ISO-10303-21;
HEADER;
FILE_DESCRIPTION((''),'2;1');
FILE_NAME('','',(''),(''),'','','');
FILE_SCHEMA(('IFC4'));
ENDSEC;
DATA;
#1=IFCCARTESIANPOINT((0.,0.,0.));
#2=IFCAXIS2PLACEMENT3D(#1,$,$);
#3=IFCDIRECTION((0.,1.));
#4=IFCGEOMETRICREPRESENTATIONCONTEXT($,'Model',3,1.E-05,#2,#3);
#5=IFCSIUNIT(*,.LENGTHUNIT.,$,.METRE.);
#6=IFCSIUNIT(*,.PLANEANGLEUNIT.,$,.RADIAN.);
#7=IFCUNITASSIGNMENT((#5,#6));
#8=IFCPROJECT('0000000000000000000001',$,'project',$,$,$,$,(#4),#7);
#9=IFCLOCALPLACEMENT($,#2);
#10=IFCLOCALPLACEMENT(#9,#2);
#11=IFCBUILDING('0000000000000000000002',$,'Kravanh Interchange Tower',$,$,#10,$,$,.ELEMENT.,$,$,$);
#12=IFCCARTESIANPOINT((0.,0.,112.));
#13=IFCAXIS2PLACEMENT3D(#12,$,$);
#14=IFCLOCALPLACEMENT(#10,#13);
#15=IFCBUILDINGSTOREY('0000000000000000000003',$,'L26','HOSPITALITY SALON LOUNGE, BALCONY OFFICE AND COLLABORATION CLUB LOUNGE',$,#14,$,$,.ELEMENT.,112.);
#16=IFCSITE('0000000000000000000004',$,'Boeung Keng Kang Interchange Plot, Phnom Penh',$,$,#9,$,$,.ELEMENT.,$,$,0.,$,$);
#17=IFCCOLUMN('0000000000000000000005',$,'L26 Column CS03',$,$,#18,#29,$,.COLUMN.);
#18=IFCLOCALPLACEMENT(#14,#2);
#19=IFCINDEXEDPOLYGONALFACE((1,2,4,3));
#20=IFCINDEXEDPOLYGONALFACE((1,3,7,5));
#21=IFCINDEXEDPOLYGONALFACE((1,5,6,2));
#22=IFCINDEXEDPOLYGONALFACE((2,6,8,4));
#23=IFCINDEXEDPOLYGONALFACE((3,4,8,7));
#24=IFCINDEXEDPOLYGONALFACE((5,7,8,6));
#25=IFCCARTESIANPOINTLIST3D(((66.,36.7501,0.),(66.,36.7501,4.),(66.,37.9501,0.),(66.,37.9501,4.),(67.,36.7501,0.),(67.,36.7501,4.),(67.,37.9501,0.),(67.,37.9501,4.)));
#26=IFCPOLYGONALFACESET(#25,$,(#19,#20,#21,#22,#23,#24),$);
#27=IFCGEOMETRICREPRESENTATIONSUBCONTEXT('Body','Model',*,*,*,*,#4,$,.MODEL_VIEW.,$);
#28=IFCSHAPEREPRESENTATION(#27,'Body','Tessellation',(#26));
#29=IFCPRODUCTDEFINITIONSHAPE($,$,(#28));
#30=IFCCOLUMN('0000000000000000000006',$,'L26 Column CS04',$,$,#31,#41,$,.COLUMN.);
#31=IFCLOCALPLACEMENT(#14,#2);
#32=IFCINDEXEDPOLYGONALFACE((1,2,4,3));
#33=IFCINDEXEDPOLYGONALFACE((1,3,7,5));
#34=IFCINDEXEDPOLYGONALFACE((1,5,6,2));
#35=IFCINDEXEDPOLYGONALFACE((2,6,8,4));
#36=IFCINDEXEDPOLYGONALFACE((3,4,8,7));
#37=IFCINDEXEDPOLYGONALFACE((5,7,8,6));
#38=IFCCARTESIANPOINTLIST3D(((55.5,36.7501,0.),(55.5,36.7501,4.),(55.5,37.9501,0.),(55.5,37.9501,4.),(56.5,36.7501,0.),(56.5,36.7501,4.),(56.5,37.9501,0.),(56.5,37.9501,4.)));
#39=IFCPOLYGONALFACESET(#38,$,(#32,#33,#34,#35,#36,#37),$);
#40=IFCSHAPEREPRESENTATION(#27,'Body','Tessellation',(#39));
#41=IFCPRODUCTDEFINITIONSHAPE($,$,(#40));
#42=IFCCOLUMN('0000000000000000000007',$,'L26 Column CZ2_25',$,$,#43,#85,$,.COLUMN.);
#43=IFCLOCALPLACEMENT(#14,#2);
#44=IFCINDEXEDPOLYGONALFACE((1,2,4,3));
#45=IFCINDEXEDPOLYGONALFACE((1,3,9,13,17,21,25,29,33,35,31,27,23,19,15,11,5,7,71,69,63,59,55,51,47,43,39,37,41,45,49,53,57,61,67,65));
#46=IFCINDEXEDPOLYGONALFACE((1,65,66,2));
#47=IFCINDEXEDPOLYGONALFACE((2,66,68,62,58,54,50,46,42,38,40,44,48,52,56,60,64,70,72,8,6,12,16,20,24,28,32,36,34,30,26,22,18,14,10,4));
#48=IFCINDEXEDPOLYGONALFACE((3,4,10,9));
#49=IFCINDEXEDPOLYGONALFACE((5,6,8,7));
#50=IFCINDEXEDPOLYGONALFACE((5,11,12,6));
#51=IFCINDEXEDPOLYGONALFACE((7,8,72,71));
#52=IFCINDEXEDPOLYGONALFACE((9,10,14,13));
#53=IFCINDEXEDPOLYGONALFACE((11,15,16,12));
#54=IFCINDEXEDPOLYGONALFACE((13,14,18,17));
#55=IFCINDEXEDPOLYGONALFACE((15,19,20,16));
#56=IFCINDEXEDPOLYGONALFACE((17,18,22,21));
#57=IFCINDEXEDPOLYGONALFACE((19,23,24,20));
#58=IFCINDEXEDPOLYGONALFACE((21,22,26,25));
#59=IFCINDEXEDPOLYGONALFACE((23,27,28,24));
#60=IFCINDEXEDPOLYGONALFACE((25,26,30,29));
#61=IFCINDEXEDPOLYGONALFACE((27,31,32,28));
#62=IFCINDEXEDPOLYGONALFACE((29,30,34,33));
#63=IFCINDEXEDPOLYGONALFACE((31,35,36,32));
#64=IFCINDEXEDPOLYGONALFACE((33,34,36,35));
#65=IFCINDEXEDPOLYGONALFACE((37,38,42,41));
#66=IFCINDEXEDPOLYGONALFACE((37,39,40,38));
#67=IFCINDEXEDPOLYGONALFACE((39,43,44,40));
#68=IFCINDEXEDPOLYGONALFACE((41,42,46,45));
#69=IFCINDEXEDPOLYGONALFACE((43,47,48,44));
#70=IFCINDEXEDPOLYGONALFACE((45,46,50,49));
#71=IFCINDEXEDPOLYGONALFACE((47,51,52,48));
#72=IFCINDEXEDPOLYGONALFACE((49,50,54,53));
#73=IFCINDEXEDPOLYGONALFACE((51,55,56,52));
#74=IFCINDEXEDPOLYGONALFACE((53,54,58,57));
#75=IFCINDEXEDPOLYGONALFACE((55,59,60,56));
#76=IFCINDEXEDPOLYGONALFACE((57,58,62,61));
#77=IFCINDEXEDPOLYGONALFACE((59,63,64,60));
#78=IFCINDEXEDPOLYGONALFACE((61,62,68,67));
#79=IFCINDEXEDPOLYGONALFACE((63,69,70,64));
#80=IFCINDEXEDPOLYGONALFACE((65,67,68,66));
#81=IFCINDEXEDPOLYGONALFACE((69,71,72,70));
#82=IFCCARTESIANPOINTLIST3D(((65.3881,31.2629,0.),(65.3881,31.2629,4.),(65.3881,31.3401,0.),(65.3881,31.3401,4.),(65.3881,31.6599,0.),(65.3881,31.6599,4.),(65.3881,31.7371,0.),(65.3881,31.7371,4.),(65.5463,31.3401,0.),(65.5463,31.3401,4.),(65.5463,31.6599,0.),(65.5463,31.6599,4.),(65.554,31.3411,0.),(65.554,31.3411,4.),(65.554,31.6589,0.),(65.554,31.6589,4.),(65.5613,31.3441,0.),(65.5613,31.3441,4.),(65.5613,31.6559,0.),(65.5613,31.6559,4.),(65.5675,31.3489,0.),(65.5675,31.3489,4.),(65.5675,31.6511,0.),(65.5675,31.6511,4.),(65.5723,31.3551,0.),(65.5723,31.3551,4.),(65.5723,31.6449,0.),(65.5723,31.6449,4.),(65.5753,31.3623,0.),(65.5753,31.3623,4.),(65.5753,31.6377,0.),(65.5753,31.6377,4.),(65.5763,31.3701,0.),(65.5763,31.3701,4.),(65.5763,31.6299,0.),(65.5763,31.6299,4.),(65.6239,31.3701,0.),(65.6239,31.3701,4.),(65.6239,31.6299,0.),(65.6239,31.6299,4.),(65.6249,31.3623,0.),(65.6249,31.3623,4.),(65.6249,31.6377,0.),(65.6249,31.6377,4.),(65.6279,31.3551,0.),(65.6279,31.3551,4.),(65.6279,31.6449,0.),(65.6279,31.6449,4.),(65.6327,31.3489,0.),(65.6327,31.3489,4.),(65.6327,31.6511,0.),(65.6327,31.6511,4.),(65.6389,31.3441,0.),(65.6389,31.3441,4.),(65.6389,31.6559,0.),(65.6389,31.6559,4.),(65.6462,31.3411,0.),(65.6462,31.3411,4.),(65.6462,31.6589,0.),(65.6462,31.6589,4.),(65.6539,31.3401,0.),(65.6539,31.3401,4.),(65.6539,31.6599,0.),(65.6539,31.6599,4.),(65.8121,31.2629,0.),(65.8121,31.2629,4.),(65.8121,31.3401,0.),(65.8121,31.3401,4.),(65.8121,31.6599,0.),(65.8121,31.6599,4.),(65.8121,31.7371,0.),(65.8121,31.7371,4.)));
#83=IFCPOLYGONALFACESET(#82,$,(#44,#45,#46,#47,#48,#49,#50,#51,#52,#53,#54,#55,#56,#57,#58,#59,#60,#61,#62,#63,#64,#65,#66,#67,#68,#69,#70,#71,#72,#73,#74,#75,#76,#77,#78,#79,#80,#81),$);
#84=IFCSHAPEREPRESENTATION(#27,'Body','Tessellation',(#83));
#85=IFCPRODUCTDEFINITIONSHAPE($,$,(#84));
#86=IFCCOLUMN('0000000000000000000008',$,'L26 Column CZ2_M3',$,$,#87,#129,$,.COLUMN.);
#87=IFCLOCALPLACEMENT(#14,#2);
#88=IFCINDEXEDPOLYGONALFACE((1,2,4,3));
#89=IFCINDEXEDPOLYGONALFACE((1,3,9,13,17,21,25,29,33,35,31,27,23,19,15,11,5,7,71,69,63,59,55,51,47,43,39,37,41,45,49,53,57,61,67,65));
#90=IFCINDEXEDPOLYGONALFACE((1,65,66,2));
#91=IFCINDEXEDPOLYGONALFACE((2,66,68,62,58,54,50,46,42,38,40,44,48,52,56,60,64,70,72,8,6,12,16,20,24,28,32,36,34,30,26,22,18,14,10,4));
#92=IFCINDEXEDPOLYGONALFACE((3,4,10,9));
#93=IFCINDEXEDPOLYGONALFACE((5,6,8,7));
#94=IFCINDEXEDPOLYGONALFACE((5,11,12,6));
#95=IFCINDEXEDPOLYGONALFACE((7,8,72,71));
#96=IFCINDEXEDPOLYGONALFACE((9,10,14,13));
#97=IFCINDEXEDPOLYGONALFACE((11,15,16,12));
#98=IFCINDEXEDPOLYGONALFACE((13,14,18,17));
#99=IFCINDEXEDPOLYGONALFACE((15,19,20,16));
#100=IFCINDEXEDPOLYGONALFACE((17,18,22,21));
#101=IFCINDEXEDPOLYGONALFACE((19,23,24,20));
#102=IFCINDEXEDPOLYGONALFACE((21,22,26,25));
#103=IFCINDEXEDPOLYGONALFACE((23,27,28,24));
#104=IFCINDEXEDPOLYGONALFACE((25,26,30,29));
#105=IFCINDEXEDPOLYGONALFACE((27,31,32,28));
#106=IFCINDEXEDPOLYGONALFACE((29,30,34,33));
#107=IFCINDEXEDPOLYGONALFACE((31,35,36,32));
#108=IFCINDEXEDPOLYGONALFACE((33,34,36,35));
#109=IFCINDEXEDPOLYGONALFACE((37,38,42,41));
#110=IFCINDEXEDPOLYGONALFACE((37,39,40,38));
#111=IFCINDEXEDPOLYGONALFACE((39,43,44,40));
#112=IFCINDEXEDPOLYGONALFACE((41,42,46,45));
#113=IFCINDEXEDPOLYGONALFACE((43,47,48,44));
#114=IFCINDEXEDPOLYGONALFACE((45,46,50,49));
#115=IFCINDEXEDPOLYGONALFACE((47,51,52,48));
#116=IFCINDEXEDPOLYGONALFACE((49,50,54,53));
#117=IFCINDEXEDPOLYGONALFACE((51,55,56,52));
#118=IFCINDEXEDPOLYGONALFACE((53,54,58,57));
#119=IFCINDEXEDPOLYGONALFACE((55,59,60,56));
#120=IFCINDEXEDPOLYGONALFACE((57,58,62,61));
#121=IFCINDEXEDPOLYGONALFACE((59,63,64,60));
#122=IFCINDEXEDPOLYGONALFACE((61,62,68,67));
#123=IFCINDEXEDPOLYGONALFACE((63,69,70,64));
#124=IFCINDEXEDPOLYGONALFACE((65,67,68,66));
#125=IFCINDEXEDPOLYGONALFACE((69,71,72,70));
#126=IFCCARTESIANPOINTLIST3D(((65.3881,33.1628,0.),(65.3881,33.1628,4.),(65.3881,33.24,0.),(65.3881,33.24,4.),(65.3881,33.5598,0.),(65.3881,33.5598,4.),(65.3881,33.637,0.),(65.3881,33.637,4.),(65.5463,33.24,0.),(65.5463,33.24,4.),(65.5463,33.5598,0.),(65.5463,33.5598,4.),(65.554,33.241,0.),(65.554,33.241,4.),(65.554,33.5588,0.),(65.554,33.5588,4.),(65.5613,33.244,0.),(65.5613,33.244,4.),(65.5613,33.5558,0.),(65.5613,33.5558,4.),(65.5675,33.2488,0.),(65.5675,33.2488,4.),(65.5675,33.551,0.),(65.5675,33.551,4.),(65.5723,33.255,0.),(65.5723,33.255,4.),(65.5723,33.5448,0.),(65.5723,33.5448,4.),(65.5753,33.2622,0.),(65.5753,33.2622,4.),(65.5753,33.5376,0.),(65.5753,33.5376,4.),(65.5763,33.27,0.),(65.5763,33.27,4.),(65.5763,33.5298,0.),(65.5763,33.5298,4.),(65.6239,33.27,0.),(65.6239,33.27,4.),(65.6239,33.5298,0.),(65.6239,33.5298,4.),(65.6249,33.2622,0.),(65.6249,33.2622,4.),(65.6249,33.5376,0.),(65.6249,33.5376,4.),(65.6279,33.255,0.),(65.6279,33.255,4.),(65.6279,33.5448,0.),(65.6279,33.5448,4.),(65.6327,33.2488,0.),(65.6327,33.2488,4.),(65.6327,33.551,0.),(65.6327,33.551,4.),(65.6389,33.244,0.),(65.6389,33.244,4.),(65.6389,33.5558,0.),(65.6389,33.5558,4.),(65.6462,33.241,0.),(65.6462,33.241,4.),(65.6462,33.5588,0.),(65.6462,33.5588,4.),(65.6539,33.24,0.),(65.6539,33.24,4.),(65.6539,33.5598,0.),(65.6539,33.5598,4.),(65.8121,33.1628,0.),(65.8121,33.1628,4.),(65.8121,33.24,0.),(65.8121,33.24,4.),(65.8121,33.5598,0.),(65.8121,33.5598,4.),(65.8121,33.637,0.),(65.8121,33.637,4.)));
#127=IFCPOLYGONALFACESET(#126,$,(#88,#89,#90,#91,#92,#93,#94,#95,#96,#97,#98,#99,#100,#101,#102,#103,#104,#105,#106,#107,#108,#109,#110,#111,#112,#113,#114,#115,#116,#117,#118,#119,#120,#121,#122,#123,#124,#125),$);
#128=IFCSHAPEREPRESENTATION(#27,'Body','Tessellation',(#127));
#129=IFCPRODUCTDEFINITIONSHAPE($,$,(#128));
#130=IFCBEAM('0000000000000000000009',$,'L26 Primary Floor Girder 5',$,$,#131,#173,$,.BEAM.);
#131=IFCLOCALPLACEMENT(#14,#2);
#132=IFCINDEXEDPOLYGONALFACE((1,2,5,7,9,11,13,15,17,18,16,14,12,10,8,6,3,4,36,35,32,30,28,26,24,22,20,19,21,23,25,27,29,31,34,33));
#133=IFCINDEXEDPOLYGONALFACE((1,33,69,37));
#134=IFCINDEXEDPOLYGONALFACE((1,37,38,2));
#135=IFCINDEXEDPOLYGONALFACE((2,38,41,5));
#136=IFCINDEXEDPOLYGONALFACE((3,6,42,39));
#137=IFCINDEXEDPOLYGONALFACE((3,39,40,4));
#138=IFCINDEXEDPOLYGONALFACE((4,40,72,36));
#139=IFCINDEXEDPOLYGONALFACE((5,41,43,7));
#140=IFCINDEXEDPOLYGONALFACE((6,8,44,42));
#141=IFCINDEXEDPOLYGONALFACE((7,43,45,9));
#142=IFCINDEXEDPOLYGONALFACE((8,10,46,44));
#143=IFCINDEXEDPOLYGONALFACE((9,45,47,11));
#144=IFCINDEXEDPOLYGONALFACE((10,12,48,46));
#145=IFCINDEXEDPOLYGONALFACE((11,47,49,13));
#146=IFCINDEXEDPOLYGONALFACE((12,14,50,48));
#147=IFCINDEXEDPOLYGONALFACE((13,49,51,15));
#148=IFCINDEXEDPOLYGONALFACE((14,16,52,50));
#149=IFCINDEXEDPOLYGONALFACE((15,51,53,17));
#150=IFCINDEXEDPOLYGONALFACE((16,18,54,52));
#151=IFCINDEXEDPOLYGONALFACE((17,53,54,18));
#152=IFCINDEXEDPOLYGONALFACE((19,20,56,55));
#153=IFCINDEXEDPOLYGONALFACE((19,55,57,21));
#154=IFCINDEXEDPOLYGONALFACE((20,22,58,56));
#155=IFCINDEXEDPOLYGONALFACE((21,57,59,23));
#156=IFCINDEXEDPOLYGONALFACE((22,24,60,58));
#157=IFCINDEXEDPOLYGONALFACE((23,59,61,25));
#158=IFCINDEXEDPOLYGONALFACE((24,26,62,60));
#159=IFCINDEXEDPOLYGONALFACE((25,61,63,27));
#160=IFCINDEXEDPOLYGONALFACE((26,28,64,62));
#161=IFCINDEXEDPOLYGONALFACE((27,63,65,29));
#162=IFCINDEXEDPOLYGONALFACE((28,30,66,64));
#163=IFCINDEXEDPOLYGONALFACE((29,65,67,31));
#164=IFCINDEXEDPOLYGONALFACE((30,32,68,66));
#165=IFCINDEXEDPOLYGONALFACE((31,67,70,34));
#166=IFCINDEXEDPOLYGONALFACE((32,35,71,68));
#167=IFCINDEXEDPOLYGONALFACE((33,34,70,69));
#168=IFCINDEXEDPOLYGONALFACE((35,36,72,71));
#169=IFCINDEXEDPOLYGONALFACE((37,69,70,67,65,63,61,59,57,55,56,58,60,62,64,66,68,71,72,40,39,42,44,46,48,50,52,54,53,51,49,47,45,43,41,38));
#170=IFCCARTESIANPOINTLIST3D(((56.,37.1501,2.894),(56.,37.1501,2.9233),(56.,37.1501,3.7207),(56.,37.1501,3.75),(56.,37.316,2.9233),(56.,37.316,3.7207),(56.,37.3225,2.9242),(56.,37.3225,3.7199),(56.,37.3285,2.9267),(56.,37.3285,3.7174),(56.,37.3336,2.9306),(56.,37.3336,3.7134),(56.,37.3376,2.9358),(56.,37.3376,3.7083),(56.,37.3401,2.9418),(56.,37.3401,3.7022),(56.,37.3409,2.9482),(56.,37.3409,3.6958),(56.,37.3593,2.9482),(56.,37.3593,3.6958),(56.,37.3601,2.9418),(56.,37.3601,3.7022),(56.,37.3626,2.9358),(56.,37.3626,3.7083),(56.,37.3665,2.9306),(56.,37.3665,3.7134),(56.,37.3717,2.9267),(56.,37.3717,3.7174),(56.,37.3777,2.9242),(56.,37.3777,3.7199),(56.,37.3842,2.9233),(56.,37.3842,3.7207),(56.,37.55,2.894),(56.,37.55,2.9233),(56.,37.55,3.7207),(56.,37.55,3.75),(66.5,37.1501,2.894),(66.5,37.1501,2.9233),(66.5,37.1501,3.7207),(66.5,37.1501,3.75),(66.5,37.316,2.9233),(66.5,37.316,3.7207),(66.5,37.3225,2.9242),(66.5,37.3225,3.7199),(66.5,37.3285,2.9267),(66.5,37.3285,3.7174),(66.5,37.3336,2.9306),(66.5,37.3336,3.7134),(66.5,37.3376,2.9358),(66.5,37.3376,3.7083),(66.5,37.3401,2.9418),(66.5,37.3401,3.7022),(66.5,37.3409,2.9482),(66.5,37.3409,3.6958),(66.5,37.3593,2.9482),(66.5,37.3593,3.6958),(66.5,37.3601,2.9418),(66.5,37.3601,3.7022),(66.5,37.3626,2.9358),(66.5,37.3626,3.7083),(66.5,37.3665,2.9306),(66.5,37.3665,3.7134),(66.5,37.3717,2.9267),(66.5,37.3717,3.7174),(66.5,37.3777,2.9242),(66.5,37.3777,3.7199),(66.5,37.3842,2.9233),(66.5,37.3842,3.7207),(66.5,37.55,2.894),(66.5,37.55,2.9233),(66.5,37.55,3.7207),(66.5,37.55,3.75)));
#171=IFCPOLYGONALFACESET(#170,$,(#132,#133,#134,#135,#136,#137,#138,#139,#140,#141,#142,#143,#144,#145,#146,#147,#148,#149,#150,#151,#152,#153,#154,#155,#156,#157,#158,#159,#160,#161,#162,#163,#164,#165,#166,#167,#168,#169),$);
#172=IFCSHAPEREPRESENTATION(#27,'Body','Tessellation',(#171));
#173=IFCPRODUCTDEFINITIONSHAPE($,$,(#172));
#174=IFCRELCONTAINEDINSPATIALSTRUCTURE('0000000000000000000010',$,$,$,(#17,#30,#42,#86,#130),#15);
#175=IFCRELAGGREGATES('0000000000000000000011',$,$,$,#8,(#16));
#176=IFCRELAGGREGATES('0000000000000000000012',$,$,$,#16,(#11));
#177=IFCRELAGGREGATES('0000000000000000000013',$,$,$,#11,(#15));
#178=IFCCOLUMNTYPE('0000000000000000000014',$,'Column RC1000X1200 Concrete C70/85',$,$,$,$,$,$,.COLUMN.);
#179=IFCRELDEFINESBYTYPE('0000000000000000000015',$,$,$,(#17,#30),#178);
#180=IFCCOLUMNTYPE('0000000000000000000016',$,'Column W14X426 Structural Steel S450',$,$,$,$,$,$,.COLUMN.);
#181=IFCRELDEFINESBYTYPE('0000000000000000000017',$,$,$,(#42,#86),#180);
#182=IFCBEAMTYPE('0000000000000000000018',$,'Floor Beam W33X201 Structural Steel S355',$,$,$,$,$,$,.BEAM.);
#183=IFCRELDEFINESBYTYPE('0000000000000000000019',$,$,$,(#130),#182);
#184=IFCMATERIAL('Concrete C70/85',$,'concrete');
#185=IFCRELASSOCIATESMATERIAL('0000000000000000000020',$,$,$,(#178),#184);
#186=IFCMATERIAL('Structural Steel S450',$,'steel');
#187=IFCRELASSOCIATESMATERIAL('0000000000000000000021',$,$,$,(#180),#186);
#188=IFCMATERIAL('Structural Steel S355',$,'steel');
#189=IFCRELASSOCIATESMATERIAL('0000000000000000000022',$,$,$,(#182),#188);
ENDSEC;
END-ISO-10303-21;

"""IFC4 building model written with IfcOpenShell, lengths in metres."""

from ifc_helpers import new_model, si_unit, direction, frame, origin, origin_2d, place, context, subcontext, project, spatial, rectangle, i_section, extrude, material, material_profile, profile_set, type_object, element, save


model = new_model("IFC4")

# Units and contexts
model_context = context("Model", 3, precision=1e-05, world=origin(), true_north=direction((0.0, 1.0)))
body_context = subcontext(model_context, "Body", "Model", "MODEL_VIEW")
ifc_project = project(units=[si_unit("LENGTHUNIT", "METRE"), si_unit("PLANEANGLEUNIT", "RADIAN")], contexts=[model_context])

# Site, building, storey
site_placement = place(None, origin())
site = spatial("IfcSite", under=ifc_project, at=site_placement, Name="Boeung Keng Kang Interchange Plot, Phnom Penh", CompositionType="ELEMENT", RefElevation=0.0)
building_placement = place(site_placement, origin())
building = spatial("IfcBuilding", under=site, at=building_placement, Name="Kravanh Interchange Tower", CompositionType="ELEMENT")
storey_placement = place(building_placement, frame((0.0, 0.0, 112.0)))
storey = spatial("IfcBuildingStorey", under=building, at=storey_placement, Name="L26", Description="HOSPITALITY SALON LOUNGE, BALCONY OFFICE AND COLLABORATION CLUB LOUNGE", CompositionType="ELEMENT", Elevation=112.0)

# Columns
ifc_material_1 = material(Name="Concrete C70/85", Category="concrete")
ifc_material_profile_1 = material_profile(ifc_material_1, rectangle(XDim=1.0, YDim=1.2, at=origin_2d()), Name="RC1000X1200")
ifc_profile_set_1 = profile_set([ifc_material_profile_1], Name="Concrete C70/85")
column_type_1 = type_object("IfcColumnType", Name="Column RC1000X1200 Concrete C70/85", PredefinedType="COLUMN", material=ifc_profile_set_1)
for number, where, z_axis, x_axis, name in (
    (1, (66.5, 37.3501, 0.0), (0.0, 0.0, 1.0), (1.0, 0.0, 0.0), "L26 Column CS03"),
    (2, (56.0, 37.3501, 0.0), (0.0, 0.0, 1.0), (1.0, 0.0, 0.0), "L26 Column CS04"),
):
    element("IfcColumn", number, at=place(storey_placement, frame(where, z_axis=z_axis, x_axis=x_axis)), inside=storey, type_object=column_type_1, Name=name, PredefinedType="COLUMN", context=body_context, shape_type="SweptSolid", body=[
        extrude(rectangle(XDim=1.0, YDim=1.2, at=origin_2d()), origin(), (0.0, 0.0, 1.0), 4.0),
    ])
ifc_material_2 = material(Name="Structural Steel S450", Category="steel")
ifc_material_profile_2 = material_profile(ifc_material_2, i_section(OverallWidth=0.4241, OverallDepth=0.4741, WebThickness=0.0476, FlangeThickness=0.0771, FilletRadius=0.03, at=origin_2d()), Name="W14X426")
ifc_profile_set_2 = profile_set([ifc_material_profile_2], Name="Structural Steel S450")
column_type_2 = type_object("IfcColumnType", Name="Column W14X426 Structural Steel S450", PredefinedType="COLUMN", material=ifc_profile_set_2)
for number, where, z_axis, x_axis, name in (
    (3, (65.6001, 31.5, 0.0), (0.0, 0.0, 1.0), (1.0, 0.0, 0.0), "L26 Column CZ2_25"),
    (4, (65.6001, 33.3999, 0.0), (0.0, 0.0, 1.0), (1.0, 0.0, 0.0), "L26 Column CZ2_M3"),
):
    element("IfcColumn", number, at=place(storey_placement, frame(where, z_axis=z_axis, x_axis=x_axis)), inside=storey, type_object=column_type_2, Name=name, PredefinedType="COLUMN", context=body_context, shape_type="SweptSolid", body=[
        extrude(i_section(OverallWidth=0.4241, OverallDepth=0.4741, WebThickness=0.0476, FlangeThickness=0.0771, FilletRadius=0.03, at=origin_2d()), origin(), (0.0, 0.0, 1.0), 4.0),
    ])

# Beam
ifc_material_3 = material(Name="Structural Steel S355", Category="steel")
ifc_material_profile_3 = material_profile(ifc_material_3, i_section(OverallWidth=0.3999, OverallDepth=0.856, WebThickness=0.0183, FlangeThickness=0.0293, FilletRadius=0.0249, at=origin_2d()), Name="W33X201")
ifc_profile_set_3 = profile_set([ifc_material_profile_3], Name="Structural Steel S355")
beam_type_1 = type_object("IfcBeamType", Name="Floor Beam W33X201 Structural Steel S355", PredefinedType="BEAM", material=ifc_profile_set_3)
beam_1_placement = place(storey_placement, frame((66.5, 37.3501, 3.322), z_axis=(-1.0, 0.0, 0.0), x_axis=(0.0, -1.0, 0.0)))
element("IfcBeam", 5, at=beam_1_placement, inside=storey, type_object=beam_type_1, Name="L26 Primary Floor Girder 5", PredefinedType="BEAM", context=body_context, shape_type="SweptSolid", body=[
    extrude(i_section(OverallWidth=0.3999, OverallDepth=0.856, WebThickness=0.0183, FlangeThickness=0.0293, FilletRadius=0.0249, at=origin_2d()), origin(), (0.0, 0.0, 1.0), 10.5),
])

save(model, "model.ifc")
